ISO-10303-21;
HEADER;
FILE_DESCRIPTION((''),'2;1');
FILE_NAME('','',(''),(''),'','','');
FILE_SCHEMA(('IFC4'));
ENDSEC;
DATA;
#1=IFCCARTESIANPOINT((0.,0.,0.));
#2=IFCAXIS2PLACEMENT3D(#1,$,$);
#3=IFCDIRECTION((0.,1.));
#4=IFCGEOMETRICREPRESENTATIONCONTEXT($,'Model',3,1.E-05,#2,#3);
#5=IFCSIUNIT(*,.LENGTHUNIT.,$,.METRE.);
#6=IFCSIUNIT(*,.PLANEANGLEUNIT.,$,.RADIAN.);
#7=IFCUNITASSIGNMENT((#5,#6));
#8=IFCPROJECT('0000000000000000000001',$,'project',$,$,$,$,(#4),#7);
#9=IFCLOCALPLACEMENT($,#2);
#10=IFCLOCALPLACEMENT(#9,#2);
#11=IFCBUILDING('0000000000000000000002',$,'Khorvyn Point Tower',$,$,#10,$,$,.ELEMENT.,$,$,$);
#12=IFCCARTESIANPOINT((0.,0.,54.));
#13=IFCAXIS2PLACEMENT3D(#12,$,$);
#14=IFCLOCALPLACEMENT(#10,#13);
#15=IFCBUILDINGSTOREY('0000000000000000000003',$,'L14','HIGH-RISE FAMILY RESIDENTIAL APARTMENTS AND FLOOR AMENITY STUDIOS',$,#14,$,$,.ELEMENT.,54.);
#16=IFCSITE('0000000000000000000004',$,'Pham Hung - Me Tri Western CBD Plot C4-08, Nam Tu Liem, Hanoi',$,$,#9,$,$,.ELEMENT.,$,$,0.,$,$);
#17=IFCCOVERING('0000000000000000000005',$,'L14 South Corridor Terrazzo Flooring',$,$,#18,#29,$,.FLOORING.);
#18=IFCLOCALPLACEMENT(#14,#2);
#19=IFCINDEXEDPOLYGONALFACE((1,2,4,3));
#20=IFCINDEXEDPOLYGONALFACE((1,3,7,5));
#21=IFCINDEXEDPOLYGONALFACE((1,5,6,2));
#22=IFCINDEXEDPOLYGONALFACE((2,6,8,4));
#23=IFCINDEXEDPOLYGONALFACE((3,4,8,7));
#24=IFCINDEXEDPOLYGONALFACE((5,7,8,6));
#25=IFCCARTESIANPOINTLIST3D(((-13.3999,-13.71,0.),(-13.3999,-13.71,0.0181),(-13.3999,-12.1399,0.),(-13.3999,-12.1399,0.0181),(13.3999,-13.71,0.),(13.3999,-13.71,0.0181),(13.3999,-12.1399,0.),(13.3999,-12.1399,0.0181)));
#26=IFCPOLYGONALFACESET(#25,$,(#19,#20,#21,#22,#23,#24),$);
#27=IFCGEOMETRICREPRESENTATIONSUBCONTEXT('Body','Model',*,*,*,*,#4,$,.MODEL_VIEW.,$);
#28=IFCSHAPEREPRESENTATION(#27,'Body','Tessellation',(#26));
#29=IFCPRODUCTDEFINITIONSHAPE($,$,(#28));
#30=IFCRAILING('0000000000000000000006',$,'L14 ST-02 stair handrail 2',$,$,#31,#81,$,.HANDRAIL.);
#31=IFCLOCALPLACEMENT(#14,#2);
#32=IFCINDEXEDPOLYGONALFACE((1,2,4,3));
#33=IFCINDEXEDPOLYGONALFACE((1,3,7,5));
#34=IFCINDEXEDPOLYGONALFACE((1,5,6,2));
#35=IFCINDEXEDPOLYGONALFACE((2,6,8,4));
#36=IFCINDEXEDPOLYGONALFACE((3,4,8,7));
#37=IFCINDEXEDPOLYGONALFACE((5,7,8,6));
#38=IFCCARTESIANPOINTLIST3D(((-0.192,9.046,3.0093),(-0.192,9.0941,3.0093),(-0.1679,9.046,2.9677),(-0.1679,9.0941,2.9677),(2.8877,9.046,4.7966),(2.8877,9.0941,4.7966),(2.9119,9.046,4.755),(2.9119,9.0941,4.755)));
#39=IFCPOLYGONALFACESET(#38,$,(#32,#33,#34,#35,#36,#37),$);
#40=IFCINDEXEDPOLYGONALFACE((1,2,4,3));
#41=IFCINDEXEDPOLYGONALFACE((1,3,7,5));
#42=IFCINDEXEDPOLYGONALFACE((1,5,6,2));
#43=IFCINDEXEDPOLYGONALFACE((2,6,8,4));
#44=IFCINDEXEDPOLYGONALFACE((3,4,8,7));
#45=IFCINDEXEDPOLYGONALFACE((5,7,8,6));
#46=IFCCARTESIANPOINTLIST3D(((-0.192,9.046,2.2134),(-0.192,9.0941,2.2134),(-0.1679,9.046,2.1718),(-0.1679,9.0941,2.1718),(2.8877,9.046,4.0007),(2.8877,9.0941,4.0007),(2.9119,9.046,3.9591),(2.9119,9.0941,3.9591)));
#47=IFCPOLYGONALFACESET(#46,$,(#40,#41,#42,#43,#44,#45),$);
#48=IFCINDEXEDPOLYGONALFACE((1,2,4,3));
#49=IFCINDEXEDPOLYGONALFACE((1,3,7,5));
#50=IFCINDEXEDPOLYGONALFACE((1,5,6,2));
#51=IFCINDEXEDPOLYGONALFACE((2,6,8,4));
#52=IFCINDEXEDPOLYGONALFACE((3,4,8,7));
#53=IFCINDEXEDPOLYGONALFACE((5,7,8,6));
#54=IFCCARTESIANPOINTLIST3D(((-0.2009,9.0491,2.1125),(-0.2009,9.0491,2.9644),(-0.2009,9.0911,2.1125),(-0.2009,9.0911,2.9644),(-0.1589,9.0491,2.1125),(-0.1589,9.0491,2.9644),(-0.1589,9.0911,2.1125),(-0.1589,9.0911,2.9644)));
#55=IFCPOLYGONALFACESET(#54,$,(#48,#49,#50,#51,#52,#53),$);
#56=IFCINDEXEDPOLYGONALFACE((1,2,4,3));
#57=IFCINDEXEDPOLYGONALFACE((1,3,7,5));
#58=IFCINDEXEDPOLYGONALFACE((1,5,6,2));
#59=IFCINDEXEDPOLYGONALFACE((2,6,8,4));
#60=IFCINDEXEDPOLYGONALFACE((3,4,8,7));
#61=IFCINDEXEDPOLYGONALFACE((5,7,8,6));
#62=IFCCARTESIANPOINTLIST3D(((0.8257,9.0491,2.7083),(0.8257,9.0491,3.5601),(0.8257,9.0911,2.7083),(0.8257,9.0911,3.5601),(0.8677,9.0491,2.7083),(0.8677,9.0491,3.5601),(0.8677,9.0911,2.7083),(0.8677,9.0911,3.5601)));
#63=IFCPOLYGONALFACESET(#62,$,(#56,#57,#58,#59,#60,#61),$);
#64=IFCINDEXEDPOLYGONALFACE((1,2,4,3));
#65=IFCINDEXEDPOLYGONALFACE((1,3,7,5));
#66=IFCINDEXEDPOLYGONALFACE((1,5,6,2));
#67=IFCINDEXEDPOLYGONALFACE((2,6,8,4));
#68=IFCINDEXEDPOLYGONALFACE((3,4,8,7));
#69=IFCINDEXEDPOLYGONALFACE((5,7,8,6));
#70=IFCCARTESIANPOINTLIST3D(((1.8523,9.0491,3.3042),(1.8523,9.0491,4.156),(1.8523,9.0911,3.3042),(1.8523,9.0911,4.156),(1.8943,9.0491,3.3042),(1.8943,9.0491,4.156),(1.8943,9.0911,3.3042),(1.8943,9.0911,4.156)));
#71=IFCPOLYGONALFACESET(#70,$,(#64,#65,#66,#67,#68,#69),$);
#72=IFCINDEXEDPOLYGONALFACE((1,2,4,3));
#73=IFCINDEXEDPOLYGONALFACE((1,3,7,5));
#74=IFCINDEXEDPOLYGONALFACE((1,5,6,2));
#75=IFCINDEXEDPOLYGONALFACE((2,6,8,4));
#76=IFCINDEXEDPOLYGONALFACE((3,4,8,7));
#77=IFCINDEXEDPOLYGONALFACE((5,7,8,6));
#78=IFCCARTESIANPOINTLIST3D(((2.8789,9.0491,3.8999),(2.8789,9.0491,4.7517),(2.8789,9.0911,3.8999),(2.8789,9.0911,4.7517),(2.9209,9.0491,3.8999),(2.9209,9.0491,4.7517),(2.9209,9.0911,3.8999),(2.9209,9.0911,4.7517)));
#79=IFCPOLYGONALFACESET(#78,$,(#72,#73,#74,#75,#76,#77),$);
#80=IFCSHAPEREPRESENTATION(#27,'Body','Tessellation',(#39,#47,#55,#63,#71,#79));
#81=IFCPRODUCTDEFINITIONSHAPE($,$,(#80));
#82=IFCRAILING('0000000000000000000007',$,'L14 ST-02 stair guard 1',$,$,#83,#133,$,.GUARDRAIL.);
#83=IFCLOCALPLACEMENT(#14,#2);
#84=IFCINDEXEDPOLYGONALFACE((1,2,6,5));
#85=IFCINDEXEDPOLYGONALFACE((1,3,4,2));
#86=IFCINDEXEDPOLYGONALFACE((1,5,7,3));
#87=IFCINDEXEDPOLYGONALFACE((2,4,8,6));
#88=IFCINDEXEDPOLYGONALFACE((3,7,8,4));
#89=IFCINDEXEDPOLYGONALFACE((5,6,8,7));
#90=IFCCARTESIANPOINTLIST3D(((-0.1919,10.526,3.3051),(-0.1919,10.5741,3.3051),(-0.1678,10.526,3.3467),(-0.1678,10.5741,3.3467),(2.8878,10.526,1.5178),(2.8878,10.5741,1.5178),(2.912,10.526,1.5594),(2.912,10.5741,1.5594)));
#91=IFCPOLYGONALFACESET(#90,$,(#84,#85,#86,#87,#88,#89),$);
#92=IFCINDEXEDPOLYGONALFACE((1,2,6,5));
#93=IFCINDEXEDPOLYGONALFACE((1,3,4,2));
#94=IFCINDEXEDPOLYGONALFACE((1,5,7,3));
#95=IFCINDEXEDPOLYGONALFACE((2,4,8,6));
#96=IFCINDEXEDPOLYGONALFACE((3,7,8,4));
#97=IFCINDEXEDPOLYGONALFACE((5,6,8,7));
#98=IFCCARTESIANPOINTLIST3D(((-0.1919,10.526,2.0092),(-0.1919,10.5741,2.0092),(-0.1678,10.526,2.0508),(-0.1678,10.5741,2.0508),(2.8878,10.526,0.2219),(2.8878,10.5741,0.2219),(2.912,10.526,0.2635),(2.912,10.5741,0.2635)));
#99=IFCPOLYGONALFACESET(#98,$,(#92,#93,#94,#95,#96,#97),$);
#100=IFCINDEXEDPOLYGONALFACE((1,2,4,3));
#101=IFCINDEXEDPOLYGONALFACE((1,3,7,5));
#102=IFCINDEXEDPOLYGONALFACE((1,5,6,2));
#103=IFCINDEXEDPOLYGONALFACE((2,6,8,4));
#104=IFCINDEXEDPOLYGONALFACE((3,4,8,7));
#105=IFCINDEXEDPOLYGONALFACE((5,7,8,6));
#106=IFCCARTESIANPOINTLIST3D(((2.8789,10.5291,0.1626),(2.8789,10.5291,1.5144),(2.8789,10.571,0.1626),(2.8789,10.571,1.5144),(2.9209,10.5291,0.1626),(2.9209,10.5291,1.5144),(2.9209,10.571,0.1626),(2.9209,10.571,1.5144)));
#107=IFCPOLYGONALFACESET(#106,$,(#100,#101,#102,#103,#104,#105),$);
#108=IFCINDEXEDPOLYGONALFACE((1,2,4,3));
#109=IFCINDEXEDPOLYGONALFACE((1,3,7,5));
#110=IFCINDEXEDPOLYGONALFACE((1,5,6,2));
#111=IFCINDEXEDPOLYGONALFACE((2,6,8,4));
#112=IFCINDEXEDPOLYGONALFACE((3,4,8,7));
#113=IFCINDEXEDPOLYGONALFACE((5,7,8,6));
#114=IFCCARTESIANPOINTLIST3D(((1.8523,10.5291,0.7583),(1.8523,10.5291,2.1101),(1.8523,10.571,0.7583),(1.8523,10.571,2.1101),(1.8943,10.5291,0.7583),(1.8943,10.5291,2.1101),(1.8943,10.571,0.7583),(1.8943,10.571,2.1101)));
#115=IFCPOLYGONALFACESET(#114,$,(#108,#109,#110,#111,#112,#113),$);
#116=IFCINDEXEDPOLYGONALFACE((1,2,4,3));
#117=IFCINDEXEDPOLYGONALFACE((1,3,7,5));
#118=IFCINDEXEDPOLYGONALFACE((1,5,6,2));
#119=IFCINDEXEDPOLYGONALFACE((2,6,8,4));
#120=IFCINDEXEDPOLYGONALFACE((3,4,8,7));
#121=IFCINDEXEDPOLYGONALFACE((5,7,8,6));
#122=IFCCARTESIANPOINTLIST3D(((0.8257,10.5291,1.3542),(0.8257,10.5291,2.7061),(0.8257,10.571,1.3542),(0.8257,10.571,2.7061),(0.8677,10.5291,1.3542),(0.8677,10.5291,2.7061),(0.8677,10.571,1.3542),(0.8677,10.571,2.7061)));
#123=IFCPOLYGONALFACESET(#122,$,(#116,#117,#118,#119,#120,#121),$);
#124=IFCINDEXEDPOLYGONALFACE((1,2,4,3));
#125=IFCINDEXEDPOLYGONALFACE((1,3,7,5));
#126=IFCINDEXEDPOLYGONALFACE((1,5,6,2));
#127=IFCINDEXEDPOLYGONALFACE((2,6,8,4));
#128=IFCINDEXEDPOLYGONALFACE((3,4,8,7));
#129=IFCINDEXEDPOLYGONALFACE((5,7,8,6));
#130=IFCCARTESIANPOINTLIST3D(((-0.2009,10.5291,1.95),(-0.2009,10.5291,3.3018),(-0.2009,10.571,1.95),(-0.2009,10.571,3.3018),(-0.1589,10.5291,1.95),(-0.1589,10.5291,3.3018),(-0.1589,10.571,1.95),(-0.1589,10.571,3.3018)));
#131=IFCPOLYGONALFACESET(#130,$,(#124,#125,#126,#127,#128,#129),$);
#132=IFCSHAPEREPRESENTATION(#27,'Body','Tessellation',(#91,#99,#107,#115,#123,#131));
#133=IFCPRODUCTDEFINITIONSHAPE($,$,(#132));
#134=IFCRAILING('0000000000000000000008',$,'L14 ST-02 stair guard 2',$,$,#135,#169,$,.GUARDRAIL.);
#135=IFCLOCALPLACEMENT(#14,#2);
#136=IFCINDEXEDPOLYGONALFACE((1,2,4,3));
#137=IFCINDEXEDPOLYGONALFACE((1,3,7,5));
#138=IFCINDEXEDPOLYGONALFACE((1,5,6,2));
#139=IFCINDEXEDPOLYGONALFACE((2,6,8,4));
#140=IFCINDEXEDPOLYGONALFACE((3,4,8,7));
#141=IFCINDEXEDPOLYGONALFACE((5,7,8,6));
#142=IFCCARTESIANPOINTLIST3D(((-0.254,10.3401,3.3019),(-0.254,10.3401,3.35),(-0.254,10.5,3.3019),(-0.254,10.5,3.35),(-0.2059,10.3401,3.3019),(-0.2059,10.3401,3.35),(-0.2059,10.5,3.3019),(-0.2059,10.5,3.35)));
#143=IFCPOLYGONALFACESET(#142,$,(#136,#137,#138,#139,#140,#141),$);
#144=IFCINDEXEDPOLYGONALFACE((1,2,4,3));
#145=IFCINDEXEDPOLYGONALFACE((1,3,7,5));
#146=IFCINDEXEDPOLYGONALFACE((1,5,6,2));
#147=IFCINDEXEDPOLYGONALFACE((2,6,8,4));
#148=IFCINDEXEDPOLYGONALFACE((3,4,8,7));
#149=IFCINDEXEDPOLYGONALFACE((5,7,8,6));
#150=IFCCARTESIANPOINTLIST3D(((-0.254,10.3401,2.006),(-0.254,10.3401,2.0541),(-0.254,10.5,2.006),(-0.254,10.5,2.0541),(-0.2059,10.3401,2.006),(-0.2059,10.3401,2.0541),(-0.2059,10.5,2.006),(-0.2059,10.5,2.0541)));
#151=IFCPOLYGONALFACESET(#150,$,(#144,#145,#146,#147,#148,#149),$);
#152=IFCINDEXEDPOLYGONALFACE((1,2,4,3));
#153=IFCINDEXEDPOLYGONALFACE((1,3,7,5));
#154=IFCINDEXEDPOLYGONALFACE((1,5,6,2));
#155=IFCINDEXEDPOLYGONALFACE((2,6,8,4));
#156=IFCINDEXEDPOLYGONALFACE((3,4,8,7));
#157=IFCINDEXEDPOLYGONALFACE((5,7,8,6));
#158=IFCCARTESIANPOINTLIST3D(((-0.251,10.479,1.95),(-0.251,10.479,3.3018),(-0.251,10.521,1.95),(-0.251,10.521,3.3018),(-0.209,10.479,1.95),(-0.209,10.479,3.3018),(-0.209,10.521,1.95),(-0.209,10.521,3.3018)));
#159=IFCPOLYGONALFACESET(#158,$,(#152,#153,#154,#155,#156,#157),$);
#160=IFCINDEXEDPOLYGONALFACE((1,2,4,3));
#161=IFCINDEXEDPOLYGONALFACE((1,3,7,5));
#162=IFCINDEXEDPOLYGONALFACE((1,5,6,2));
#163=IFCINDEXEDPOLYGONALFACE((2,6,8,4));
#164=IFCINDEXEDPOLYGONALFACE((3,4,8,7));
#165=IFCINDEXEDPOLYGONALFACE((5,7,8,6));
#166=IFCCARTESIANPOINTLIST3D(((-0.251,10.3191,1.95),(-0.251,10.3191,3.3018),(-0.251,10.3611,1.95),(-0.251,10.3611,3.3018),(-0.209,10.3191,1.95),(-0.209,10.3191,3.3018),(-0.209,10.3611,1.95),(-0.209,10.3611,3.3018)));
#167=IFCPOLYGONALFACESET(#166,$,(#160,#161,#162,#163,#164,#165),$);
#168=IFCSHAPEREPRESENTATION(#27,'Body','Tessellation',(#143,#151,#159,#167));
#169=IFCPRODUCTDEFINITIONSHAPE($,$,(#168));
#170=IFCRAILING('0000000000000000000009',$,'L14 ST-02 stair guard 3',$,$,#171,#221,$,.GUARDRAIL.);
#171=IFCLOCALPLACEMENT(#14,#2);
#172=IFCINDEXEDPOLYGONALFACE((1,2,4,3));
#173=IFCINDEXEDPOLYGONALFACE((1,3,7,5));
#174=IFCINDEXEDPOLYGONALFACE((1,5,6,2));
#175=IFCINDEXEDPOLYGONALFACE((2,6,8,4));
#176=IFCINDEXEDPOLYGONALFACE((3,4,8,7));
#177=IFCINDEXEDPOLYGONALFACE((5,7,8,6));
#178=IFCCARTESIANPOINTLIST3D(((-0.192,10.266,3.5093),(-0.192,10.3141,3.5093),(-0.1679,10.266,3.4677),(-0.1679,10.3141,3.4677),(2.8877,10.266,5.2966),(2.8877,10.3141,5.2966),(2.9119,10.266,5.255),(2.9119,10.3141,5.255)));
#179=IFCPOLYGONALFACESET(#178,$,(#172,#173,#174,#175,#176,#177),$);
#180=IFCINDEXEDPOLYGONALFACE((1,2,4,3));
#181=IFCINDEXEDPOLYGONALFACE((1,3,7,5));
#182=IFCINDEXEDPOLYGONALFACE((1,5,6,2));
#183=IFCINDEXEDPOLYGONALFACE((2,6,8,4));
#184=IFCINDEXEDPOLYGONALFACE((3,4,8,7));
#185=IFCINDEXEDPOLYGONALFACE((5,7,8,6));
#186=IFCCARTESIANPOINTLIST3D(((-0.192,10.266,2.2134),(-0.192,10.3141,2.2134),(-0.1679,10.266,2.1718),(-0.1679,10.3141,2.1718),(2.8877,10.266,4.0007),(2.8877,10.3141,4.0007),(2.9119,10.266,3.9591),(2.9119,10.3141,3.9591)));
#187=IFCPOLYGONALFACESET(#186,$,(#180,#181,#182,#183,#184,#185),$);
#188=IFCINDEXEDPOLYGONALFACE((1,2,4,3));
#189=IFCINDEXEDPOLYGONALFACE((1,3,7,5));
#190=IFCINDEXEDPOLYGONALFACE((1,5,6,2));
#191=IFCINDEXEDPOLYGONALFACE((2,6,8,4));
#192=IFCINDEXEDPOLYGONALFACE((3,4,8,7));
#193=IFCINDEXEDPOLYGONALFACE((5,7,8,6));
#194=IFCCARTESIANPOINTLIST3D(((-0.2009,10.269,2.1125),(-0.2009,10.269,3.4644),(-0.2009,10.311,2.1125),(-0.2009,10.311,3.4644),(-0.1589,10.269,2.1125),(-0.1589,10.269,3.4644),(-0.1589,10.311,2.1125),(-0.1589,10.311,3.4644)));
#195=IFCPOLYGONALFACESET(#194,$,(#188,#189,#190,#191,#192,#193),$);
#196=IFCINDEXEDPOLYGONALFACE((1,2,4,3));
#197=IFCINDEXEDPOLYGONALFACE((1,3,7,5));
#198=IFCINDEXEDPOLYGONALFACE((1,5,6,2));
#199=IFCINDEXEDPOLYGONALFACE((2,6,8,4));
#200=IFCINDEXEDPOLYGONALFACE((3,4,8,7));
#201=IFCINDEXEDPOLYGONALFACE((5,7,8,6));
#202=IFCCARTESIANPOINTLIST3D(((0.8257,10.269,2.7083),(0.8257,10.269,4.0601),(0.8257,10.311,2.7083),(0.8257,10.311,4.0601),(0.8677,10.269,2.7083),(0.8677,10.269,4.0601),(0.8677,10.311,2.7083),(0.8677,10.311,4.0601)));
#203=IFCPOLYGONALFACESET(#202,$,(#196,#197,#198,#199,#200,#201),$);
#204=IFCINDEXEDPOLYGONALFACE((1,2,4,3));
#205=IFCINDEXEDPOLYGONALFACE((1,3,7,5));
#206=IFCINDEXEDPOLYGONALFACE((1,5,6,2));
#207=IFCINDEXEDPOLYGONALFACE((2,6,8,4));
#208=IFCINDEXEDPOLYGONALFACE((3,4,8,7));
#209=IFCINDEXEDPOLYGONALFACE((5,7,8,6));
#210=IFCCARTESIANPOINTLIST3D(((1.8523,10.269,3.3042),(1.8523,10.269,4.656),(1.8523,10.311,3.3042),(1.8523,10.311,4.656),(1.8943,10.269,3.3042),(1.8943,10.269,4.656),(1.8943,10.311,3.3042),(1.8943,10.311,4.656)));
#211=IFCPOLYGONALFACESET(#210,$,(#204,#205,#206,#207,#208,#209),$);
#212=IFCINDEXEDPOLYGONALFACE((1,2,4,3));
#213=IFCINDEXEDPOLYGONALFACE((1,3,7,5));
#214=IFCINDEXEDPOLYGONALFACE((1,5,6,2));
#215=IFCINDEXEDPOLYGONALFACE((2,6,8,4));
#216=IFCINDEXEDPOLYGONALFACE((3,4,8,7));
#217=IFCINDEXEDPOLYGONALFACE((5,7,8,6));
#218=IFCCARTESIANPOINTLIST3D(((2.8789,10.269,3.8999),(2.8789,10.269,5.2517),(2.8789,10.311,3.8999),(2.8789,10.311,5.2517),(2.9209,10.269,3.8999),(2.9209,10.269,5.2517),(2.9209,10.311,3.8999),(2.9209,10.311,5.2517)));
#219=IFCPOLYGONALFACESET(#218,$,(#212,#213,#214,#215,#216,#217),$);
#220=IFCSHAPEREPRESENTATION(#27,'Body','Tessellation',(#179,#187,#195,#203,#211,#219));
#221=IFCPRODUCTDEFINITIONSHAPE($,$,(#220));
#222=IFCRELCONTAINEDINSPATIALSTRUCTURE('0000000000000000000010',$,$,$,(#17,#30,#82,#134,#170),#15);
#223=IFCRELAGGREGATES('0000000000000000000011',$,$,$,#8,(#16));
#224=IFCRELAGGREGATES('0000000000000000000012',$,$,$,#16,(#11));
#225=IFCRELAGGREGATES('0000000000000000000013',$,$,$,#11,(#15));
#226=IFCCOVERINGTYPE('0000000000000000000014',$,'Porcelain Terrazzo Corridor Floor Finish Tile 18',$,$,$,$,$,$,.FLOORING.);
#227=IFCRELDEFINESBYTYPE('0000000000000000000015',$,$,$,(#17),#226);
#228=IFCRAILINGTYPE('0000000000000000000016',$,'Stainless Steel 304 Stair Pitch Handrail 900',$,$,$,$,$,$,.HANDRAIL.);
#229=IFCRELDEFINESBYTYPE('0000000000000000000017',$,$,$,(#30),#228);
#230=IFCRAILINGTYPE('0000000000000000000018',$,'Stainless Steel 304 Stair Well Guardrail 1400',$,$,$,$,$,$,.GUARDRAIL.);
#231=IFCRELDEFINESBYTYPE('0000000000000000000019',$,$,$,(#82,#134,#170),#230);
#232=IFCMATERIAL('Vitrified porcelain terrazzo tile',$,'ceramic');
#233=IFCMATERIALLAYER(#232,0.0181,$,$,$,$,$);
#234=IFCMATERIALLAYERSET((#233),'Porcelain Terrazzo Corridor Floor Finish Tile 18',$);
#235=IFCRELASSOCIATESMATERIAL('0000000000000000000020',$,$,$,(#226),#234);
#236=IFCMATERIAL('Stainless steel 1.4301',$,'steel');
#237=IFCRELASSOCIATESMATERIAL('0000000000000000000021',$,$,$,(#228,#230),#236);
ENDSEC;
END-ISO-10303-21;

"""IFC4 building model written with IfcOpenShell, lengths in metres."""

from ifc_helpers import new_model, si_unit, direction, frame, origin, origin_2d, place, context, subcontext, project, spatial, polyline, rectangle, outline, extrude, material, layer, layer_set, type_object, element, save


model = new_model("IFC4")

# Units and contexts
model_context = context("Model", 3, precision=1e-05, world=origin(), true_north=direction((0.0, 1.0)))
body_context = subcontext(model_context, "Body", "Model", "MODEL_VIEW")
ifc_project = project(units=[si_unit("LENGTHUNIT", "METRE"), si_unit("PLANEANGLEUNIT", "RADIAN")], contexts=[model_context])

# Site, building, storey
site_placement = place(None, origin())
site = spatial("IfcSite", under=ifc_project, at=site_placement, Name="Pham Hung - Me Tri Western CBD Plot C4-08, Nam Tu Liem, Hanoi", CompositionType="ELEMENT", RefElevation=0.0)
building_placement = place(site_placement, origin())
building = spatial("IfcBuilding", under=site, at=building_placement, Name="Khorvyn Point Tower", CompositionType="ELEMENT")
storey_placement = place(building_placement, frame((0.0, 0.0, 54.0)))
storey = spatial("IfcBuildingStorey", under=building, at=storey_placement, Name="L14", Description="HIGH-RISE FAMILY RESIDENTIAL APARTMENTS AND FLOOR AMENITY STUDIOS", CompositionType="ELEMENT", Elevation=54.0)

# Shared definitions
ifc_material_1 = material(Name="Stainless steel 1.4301", Category="steel")

# Covering
ifc_material_2 = material(Name="Vitrified porcelain terrazzo tile", Category="ceramic")
ifc_layer_1 = layer(ifc_material_2, 0.0181)
ifc_layer_set_1 = layer_set([ifc_layer_1], Name="Porcelain Terrazzo Corridor Floor Finish Tile 18")
covering_type_1 = type_object("IfcCoveringType", Name="Porcelain Terrazzo Corridor Floor Finish Tile 18", PredefinedType="FLOORING", material=ifc_layer_set_1)
covering_1_placement = place(storey_placement, origin())
element("IfcCovering", 1, at=covering_1_placement, inside=storey, type_object=covering_type_1, Name="L14 South Corridor Terrazzo Flooring", PredefinedType="FLOORING", context=body_context, shape_type="SweptSolid", body=[
    extrude(outline(polyline([(-13.3999, -13.71), (13.3999, -13.71), (13.3999, -12.1399), (-13.3999, -12.1399), (-13.3999, -13.71)])), origin(), (0.0, 0.0, 1.0), 0.0181),
])

# Railings
railing_type_1 = type_object("IfcRailingType", Name="Stainless Steel 304 Stair Pitch Handrail 900", PredefinedType="HANDRAIL", material=ifc_material_1)
railing_1_placement = place(storey_placement, frame((-0.1799, 9.0701, 2.1125)))
element("IfcRailing", 2, at=railing_1_placement, inside=storey, type_object=railing_type_1, Name="L14 ST-02 stair handrail 2", PredefinedType="HANDRAIL", context=body_context, shape_type="SweptSolid", body=[
    extrude(rectangle(XDim=0.0481, YDim=0.0481, at=origin_2d()), frame((0.0, 0.0, 0.876), z_axis=(0.864903, 0.0, 0.501939), x_axis=(0.0, 1.0, 0.0)), (0.0, 0.0, 1.0), 3.5608),
    extrude(rectangle(XDim=0.0481, YDim=0.0481, at=origin_2d()), frame((0.0, 0.0, 0.0801), z_axis=(0.864903, 0.0, 0.501939), x_axis=(0.0, 1.0, 0.0)), (0.0, 0.0, 1.0), 3.5608),
    extrude(rectangle(XDim=0.042, YDim=0.042, at=origin_2d()), origin(), (0.0, 0.0, 1.0), 0.8518),
    extrude(rectangle(XDim=0.042, YDim=0.042, at=origin_2d()), frame((1.0266, 0.0, 0.5957)), (0.0, 0.0, 1.0), 0.8518),
    extrude(rectangle(XDim=0.042, YDim=0.042, at=origin_2d()), frame((2.0532, 0.0, 1.1917)), (0.0, 0.0, 1.0), 0.8518),
    extrude(rectangle(XDim=0.042, YDim=0.042, at=origin_2d()), frame((3.0798, 0.0, 1.7874)), (0.0, 0.0, 1.0), 0.8518),
])
railing_type_2 = type_object("IfcRailingType", Name="Stainless Steel 304 Stair Well Guardrail 1400", PredefinedType="GUARDRAIL", material=ifc_material_1)
railing_2_placement = place(storey_placement, frame((2.8999, 10.55, 0.1626)))
element("IfcRailing", 3, at=railing_2_placement, inside=storey, type_object=railing_type_2, Name="L14 ST-02 stair guard 1", PredefinedType="GUARDRAIL", context=body_context, shape_type="SweptSolid", body=[
    extrude(rectangle(XDim=0.0481, YDim=0.0481, at=origin_2d()), frame((0.0, 0.0, 1.376), z_axis=(-0.864903, 0.0, 0.501939), x_axis=(0.0, -1.0, 0.0)), (0.0, 0.0, 1.0), 3.5608),
    extrude(rectangle(XDim=0.0481, YDim=0.0481, at=origin_2d()), frame((0.0, 0.0, 0.0801), z_axis=(-0.864903, 0.0, 0.501939), x_axis=(0.0, -1.0, 0.0)), (0.0, 0.0, 1.0), 3.5608),
    extrude(rectangle(XDim=0.042, YDim=0.042, at=origin_2d()), origin(), (0.0, 0.0, 1.0), 1.3518),
    extrude(rectangle(XDim=0.042, YDim=0.042, at=origin_2d()), frame((-1.0266, 0.0, 0.5957)), (0.0, 0.0, 1.0), 1.3518),
    extrude(rectangle(XDim=0.042, YDim=0.042, at=origin_2d()), frame((-2.0532, 0.0, 1.1917)), (0.0, 0.0, 1.0), 1.3518),
    extrude(rectangle(XDim=0.042, YDim=0.042, at=origin_2d()), frame((-3.0798, 0.0, 1.7874)), (0.0, 0.0, 1.0), 1.3518),
])
railing_3_placement = place(storey_placement, frame((-0.23, 10.5, 1.95)))
element("IfcRailing", 4, at=railing_3_placement, inside=storey, type_object=railing_type_2, Name="L14 ST-02 stair guard 2", PredefinedType="GUARDRAIL", context=body_context, shape_type="SweptSolid", body=[
    extrude(rectangle(XDim=0.0481, YDim=0.0481, at=origin_2d()), frame((0.0, 0.0, 1.376), z_axis=(0.0, -1.0, 0.0), x_axis=(1.0, 0.0, 0.0)), (0.0, 0.0, 1.0), 0.1599),
    extrude(rectangle(XDim=0.0481, YDim=0.0481, at=origin_2d()), frame((0.0, 0.0, 0.0801), z_axis=(0.0, -1.0, 0.0), x_axis=(1.0, 0.0, 0.0)), (0.0, 0.0, 1.0), 0.1599),
    extrude(rectangle(XDim=0.042, YDim=0.042, at=origin_2d()), origin(), (0.0, 0.0, 1.0), 1.3518),
    extrude(rectangle(XDim=0.042, YDim=0.042, at=origin_2d()), frame((0.0, -0.1599, 0.0)), (0.0, 0.0, 1.0), 1.3518),
])
railing_4_placement = place(storey_placement, frame((-0.1799, 10.29, 2.1125)))
element("IfcRailing", 5, at=railing_4_placement, inside=storey, type_object=railing_type_2, Name="L14 ST-02 stair guard 3", PredefinedType="GUARDRAIL", context=body_context, shape_type="SweptSolid", body=[
    extrude(rectangle(XDim=0.0481, YDim=0.0481, at=origin_2d()), frame((0.0, 0.0, 1.376), z_axis=(0.864903, 0.0, 0.501939), x_axis=(0.0, 1.0, 0.0)), (0.0, 0.0, 1.0), 3.5608),
    extrude(rectangle(XDim=0.0481, YDim=0.0481, at=origin_2d()), frame((0.0, 0.0, 0.0801), z_axis=(0.864903, 0.0, 0.501939), x_axis=(0.0, 1.0, 0.0)), (0.0, 0.0, 1.0), 3.5608),
    extrude(rectangle(XDim=0.042, YDim=0.042, at=origin_2d()), origin(), (0.0, 0.0, 1.0), 1.3518),
    extrude(rectangle(XDim=0.042, YDim=0.042, at=origin_2d()), frame((1.0266, 0.0, 0.5957)), (0.0, 0.0, 1.0), 1.3518),
    extrude(rectangle(XDim=0.042, YDim=0.042, at=origin_2d()), frame((2.0532, 0.0, 1.1917)), (0.0, 0.0, 1.0), 1.3518),
    extrude(rectangle(XDim=0.042, YDim=0.042, at=origin_2d()), frame((3.0798, 0.0, 1.7874)), (0.0, 0.0, 1.0), 1.3518),
])

save(model, "model.ifc")
